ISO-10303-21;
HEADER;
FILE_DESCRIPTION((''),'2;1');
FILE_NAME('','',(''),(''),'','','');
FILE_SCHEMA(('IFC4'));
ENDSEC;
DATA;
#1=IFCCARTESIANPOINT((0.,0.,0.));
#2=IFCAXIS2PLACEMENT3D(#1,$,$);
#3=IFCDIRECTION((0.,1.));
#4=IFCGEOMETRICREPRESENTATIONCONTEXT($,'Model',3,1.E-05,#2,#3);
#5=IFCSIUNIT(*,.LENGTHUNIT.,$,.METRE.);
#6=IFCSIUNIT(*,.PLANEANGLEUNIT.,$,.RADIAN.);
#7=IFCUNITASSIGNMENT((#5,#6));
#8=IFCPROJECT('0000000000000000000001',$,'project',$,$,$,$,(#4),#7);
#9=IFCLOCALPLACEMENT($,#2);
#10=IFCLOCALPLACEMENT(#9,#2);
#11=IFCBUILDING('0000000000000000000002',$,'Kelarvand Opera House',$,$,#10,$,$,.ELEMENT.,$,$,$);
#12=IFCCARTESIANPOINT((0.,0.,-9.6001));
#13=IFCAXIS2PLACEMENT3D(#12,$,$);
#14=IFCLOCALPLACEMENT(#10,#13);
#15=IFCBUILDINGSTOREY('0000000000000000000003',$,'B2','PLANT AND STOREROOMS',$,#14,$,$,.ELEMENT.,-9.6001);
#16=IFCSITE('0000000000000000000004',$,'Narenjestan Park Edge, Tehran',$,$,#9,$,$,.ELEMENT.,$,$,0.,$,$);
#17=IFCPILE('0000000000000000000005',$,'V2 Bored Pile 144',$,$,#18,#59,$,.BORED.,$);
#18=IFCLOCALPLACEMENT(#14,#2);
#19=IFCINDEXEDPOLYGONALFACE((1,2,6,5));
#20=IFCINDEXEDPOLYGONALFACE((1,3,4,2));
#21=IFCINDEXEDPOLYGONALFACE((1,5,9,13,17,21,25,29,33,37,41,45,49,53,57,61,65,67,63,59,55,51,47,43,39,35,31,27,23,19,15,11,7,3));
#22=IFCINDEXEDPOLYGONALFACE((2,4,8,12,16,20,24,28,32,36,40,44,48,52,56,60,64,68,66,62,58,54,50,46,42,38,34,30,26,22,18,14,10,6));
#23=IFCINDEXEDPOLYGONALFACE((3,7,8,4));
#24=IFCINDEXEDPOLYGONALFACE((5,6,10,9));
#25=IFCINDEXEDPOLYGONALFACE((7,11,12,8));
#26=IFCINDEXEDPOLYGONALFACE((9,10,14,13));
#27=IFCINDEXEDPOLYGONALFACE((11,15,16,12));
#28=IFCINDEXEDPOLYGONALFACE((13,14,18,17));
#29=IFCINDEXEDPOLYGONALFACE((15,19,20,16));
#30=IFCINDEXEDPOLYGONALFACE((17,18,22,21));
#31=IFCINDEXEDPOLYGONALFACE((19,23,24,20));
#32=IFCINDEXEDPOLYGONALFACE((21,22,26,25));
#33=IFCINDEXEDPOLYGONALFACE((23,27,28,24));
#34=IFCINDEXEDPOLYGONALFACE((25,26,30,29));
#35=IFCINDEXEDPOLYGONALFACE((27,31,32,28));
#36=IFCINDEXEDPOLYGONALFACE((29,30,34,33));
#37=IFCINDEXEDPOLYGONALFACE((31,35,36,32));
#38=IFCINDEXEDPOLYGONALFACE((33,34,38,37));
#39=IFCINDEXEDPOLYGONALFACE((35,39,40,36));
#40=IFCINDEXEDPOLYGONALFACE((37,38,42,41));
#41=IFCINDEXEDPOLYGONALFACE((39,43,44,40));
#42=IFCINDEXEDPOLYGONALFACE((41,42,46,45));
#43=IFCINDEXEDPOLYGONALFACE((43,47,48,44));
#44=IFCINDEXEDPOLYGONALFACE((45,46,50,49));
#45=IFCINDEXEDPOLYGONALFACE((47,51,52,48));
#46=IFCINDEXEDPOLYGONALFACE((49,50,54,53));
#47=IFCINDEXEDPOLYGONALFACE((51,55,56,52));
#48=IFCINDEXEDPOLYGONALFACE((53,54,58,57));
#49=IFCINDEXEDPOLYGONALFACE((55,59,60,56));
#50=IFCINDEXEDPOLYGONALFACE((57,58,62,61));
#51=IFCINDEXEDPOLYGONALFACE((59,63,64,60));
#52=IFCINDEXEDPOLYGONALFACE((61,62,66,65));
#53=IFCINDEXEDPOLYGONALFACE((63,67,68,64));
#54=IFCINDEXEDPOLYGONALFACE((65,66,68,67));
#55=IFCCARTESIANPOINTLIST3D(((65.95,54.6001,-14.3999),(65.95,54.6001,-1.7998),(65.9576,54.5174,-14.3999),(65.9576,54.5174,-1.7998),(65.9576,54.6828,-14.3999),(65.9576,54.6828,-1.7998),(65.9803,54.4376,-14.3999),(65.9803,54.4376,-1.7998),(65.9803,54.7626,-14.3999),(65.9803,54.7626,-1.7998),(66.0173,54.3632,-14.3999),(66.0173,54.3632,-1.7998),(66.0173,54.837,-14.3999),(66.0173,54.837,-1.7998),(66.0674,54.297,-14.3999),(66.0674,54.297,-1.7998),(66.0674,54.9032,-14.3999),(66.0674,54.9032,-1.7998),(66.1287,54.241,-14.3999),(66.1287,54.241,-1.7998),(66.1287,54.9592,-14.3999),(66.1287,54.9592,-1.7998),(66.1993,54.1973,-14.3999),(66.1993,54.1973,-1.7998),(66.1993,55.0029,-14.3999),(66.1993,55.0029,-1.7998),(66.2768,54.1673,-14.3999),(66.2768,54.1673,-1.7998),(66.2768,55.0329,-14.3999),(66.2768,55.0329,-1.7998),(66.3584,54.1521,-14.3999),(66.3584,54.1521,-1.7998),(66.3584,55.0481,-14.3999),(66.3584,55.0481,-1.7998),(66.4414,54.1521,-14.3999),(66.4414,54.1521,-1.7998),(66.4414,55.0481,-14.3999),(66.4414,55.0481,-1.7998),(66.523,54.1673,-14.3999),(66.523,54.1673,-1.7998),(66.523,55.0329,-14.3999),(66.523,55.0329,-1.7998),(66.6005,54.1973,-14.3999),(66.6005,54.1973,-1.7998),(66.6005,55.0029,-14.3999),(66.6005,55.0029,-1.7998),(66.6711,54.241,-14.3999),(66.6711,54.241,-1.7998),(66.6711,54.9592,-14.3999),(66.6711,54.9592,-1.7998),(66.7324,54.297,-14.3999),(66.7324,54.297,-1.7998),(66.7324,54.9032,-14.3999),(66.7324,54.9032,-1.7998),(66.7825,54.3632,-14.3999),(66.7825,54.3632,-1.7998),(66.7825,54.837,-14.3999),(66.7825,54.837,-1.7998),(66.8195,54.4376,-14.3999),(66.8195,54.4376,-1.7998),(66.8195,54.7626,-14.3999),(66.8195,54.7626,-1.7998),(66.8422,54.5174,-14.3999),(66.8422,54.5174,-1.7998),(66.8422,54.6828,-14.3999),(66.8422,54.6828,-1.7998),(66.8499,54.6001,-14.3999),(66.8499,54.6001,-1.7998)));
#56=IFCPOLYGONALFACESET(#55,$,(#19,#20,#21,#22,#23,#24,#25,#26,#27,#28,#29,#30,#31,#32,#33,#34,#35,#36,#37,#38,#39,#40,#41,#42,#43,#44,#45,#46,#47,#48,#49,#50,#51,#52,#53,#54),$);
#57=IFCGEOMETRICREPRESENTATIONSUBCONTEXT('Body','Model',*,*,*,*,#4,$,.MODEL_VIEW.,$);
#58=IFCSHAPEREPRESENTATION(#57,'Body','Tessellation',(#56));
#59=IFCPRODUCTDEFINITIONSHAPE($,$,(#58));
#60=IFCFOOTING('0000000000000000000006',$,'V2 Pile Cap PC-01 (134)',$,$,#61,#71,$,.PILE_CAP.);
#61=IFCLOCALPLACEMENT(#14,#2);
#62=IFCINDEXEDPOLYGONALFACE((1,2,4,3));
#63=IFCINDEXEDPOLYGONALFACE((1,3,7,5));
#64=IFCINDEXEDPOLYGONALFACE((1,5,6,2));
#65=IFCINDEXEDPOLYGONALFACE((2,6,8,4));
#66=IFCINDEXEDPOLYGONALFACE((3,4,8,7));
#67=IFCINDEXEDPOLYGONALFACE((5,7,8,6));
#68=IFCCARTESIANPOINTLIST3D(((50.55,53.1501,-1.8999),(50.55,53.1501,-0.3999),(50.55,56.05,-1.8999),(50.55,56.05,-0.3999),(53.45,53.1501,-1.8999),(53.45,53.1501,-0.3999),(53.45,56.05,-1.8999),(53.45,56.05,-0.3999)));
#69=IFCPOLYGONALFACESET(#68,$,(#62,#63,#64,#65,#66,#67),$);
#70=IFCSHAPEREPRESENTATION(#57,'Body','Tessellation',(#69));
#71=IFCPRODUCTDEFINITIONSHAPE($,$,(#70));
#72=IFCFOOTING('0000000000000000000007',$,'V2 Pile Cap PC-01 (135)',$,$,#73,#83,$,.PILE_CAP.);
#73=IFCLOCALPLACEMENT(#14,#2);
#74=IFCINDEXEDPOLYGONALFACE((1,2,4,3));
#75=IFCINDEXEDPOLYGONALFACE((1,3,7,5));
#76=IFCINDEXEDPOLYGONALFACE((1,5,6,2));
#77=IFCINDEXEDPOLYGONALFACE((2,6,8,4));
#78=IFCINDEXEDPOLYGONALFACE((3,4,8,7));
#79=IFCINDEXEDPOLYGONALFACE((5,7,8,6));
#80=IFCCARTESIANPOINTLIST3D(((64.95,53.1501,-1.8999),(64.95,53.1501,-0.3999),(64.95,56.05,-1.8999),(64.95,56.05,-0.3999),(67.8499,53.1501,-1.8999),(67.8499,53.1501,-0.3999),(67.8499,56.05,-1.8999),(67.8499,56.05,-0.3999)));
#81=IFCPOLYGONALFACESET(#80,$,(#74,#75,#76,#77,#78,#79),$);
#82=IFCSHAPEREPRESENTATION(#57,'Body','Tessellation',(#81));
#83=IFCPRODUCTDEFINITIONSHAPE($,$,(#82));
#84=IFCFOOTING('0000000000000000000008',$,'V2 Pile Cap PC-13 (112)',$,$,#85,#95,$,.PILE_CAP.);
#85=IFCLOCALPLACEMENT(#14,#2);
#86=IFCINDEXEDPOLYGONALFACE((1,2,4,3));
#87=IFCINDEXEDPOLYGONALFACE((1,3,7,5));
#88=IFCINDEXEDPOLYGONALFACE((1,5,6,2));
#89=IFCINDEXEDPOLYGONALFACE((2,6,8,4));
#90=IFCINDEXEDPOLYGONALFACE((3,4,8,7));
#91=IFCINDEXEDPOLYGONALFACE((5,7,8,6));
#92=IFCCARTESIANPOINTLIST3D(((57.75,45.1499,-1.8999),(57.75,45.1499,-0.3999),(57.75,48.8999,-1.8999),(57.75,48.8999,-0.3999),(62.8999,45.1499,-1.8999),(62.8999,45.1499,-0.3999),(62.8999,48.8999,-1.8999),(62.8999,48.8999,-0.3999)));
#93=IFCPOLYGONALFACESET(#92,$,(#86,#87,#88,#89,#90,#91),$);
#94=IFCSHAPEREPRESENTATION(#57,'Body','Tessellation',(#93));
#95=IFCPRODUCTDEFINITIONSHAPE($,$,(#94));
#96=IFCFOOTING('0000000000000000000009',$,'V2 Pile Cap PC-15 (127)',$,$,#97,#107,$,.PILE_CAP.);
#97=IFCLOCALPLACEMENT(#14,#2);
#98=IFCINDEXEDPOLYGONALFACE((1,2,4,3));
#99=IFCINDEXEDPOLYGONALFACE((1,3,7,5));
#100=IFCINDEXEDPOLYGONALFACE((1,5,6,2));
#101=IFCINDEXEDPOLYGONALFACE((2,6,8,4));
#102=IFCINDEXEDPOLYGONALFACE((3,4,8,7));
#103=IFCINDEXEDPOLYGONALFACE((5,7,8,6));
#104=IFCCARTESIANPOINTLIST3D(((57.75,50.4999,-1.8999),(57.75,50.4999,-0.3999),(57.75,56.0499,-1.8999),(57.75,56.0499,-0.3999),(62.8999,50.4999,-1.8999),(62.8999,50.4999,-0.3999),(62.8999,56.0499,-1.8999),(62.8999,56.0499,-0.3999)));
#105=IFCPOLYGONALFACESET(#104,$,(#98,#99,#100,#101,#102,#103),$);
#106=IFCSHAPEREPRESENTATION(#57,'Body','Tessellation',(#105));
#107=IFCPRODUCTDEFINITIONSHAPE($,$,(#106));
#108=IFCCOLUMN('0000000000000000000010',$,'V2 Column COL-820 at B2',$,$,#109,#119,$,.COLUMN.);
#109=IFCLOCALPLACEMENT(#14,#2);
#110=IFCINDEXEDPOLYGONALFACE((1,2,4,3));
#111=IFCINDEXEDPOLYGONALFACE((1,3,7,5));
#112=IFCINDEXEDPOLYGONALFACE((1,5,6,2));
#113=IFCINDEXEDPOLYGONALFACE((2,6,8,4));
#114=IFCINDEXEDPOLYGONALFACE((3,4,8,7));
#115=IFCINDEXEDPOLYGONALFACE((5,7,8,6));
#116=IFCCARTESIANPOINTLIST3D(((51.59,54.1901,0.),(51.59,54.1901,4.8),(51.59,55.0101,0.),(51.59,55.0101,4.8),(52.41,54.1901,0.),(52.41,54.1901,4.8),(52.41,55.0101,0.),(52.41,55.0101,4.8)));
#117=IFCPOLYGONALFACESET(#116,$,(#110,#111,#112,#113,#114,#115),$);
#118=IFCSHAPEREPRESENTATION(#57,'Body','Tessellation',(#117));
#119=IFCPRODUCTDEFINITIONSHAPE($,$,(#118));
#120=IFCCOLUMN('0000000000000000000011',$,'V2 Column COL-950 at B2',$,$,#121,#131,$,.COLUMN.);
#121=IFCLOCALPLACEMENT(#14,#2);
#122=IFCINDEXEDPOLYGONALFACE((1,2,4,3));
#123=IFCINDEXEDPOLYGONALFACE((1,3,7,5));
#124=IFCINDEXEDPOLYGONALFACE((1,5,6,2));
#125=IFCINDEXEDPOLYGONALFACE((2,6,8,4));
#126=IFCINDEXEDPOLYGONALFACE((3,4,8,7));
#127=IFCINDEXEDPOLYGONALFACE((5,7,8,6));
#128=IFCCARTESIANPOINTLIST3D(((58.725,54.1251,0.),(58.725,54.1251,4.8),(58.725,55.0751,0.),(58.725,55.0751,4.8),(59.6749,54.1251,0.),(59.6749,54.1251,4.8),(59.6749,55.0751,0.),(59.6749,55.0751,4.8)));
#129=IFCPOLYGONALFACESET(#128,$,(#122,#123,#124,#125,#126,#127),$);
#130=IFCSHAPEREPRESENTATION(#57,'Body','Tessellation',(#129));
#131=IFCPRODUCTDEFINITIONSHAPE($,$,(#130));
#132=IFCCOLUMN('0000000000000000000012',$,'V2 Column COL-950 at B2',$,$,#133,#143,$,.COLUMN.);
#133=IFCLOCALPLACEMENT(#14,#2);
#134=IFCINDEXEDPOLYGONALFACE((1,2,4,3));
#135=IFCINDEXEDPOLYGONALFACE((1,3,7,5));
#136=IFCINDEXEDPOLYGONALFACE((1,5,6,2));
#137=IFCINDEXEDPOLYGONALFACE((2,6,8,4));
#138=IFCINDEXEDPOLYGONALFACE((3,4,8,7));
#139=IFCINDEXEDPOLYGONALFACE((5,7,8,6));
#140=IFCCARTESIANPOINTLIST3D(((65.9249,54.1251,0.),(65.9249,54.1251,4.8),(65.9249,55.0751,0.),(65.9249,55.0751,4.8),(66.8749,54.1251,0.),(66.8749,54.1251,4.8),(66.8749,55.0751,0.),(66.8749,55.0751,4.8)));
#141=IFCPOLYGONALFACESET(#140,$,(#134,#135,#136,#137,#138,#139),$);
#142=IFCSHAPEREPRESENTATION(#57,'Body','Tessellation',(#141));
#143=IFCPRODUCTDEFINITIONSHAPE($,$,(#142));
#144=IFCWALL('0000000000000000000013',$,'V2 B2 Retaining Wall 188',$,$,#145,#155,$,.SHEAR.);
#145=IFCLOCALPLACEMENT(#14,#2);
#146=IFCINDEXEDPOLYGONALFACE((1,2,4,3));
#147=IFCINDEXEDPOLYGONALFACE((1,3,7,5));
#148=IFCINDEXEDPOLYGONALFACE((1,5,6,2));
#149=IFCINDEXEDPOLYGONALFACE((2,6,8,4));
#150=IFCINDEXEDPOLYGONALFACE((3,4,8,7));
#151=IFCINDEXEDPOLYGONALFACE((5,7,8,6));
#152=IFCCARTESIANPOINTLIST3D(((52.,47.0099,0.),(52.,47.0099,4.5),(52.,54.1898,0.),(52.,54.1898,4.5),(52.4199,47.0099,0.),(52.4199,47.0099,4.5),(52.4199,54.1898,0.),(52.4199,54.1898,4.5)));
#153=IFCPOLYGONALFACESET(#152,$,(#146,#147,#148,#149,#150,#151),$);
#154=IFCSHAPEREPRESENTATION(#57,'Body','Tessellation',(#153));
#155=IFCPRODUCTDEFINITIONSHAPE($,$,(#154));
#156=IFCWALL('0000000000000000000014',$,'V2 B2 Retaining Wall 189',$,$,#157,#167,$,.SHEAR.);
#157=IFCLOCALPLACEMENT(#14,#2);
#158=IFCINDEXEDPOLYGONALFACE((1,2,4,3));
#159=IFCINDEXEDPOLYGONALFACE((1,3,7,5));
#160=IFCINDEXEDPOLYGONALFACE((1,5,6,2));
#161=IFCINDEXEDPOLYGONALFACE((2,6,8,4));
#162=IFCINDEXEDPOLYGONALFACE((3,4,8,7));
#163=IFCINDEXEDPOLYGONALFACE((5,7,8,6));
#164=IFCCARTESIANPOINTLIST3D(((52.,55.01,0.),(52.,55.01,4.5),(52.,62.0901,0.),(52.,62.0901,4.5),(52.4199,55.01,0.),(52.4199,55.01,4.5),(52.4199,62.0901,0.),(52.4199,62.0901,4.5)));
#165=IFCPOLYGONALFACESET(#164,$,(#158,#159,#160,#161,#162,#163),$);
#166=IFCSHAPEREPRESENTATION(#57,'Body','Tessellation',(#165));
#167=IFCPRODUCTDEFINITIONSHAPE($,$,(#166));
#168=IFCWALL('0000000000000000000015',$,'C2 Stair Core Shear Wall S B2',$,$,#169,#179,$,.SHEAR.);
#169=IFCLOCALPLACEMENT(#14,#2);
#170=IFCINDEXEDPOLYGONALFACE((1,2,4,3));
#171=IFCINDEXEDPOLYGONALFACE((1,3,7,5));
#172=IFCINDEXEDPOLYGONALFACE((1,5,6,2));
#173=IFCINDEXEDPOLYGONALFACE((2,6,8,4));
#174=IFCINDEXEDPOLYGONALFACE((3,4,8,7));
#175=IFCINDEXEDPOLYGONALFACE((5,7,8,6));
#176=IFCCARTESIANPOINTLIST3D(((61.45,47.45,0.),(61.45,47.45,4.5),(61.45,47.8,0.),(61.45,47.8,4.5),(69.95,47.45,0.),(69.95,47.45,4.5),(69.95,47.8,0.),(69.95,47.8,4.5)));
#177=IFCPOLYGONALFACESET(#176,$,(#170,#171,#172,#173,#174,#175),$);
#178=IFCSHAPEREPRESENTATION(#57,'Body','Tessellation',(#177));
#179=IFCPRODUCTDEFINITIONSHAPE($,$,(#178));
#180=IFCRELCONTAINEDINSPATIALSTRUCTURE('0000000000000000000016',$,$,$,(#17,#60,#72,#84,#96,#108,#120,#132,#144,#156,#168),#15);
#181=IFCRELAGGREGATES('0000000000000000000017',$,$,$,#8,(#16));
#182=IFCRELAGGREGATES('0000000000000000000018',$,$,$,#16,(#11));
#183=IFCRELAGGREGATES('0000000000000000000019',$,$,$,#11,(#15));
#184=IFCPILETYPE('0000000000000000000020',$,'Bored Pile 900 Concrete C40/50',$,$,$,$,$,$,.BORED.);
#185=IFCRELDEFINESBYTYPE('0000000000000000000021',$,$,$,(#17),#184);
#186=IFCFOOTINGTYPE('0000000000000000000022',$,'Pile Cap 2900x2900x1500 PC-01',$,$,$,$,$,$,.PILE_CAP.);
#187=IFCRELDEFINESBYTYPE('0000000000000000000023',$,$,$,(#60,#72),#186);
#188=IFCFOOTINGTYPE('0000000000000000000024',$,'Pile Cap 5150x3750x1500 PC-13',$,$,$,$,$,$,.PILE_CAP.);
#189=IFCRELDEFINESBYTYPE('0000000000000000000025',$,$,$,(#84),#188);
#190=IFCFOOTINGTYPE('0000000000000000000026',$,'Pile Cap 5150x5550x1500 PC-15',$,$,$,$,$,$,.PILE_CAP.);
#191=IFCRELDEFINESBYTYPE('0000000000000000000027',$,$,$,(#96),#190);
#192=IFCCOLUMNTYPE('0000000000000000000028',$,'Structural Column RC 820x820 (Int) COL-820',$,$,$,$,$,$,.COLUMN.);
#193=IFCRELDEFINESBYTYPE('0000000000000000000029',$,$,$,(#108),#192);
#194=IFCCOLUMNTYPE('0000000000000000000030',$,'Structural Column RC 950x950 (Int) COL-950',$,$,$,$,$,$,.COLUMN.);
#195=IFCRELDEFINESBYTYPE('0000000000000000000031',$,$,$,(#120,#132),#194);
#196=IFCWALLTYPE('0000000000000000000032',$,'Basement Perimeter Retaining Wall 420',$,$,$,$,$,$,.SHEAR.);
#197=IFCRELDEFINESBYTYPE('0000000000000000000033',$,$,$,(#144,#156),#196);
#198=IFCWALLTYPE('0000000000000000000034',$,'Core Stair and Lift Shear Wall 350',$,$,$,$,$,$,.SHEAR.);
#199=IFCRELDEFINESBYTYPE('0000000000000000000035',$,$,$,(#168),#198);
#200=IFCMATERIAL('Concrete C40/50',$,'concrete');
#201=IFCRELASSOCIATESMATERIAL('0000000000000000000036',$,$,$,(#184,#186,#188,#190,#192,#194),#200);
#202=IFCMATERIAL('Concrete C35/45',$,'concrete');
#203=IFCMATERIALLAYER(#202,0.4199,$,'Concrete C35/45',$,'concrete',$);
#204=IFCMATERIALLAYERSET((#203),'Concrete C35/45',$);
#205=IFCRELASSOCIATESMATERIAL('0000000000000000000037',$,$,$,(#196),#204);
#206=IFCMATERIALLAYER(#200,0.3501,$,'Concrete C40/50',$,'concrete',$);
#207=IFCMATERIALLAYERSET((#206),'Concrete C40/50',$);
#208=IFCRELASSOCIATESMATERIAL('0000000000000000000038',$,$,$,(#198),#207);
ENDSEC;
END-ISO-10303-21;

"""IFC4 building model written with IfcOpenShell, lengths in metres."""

from ifc_helpers import new_model, si_unit, direction, frame, frame_2d, origin, origin_2d, place, context, subcontext, project, spatial, rectangle, circle, extrude, material, layer, layer_set, material_profile, profile_set, type_object, element, save


model = new_model("IFC4")

# Units and contexts
model_context = context("Model", 3, precision=1e-05, world=origin(), true_north=direction((0.0, 1.0)))
body_context = subcontext(model_context, "Body", "Model", "MODEL_VIEW")
ifc_project = project(units=[si_unit("LENGTHUNIT", "METRE"), si_unit("PLANEANGLEUNIT", "RADIAN")], contexts=[model_context])

# Site, building, storey
site_placement = place(None, origin())
site = spatial("IfcSite", under=ifc_project, at=site_placement, Name="Narenjestan Park Edge, Tehran", CompositionType="ELEMENT", RefElevation=0.0)
building_placement = place(site_placement, origin())
building = spatial("IfcBuilding", under=site, at=building_placement, Name="Kelarvand Opera House", CompositionType="ELEMENT")
storey_placement = place(building_placement, frame((0.0, 0.0, -9.6001)))
storey = spatial("IfcBuildingStorey", under=building, at=storey_placement, Name="B2", Description="PLANT AND STOREROOMS", CompositionType="ELEMENT", Elevation=-9.6001)

# Pile
ifc_material_1 = material(Name="Concrete C40/50", Category="concrete")
ifc_material_profile_1 = material_profile(ifc_material_1, circle(Radius=0.45, at=origin_2d()), Name="BP 900", Category="concrete")
ifc_profile_set_1 = profile_set([ifc_material_profile_1], Name="Concrete C40/50")
pile_type_1 = type_object("IfcPileType", Name="Bored Pile 900 Concrete C40/50", PredefinedType="BORED", material=ifc_profile_set_1)
for number, where, z_axis, x_axis, name in (
    (1, (66.3999, 54.6001, -1.7998), (0.0, 0.0, -1.0), (1.0, 0.0, 0.0), "V2 Bored Pile 144"),
):
    element("IfcPile", number, at=place(storey_placement, frame(where, z_axis=z_axis, x_axis=x_axis)), inside=storey, type_object=pile_type_1, Name=name, PredefinedType="BORED", context=body_context, shape_type="SweptSolid", body=[
        extrude(circle(Radius=0.45, at=origin_2d()), origin(), (0.0, 0.0, 1.0), 12.6001),
    ])

# Footings
footing_type_1 = type_object("IfcFootingType", Name="Pile Cap 2900x2900x1500 PC-01", PredefinedType="PILE_CAP", material=ifc_material_1)
for number, where, z_axis, x_axis, name in (
    (2, (52.0, 54.6001, -1.8999), (0.0, 0.0, 1.0), (1.0, 0.0, 0.0), "V2 Pile Cap PC-01 (134)"),
    (3, (66.3999, 54.6001, -1.8999), (0.0, 0.0, 1.0), (1.0, 0.0, 0.0), "V2 Pile Cap PC-01 (135)"),
):
    element("IfcFooting", number, at=place(storey_placement, frame(where, z_axis=z_axis, x_axis=x_axis)), inside=storey, type_object=footing_type_1, Name=name, PredefinedType="PILE_CAP", context=body_context, shape_type="SweptSolid", body=[
        extrude(rectangle(XDim=2.8999, YDim=2.8999, at=origin_2d()), origin(), (0.0, 0.0, 1.0), 1.5),
    ])
footing_type_2 = type_object("IfcFootingType", Name="Pile Cap 5150x3750x1500 PC-13", PredefinedType="PILE_CAP", material=ifc_material_1)
footing_1_placement = place(storey_placement, frame((60.325, 47.0249, -1.8999), z_axis=(0.0, 0.0, 1.0), x_axis=(1.0, 0.0, 0.0)))
element("IfcFooting", 4, at=footing_1_placement, inside=storey, type_object=footing_type_2, Name="V2 Pile Cap PC-13 (112)", PredefinedType="PILE_CAP", context=body_context, shape_type="SweptSolid", body=[
    extrude(rectangle(XDim=5.1499, YDim=3.75, at=origin_2d()), origin(), (0.0, 0.0, 1.0), 1.5),
])
footing_type_3 = type_object("IfcFootingType", Name="Pile Cap 5150x5550x1500 PC-15", PredefinedType="PILE_CAP", material=ifc_material_1)
footing_2_placement = place(storey_placement, frame((60.325, 53.2749, -1.8999), z_axis=(0.0, 0.0, 1.0), x_axis=(1.0, 0.0, 0.0)))
element("IfcFooting", 5, at=footing_2_placement, inside=storey, type_object=footing_type_3, Name="V2 Pile Cap PC-15 (127)", PredefinedType="PILE_CAP", context=body_context, shape_type="SweptSolid", body=[
    extrude(rectangle(XDim=5.1499, YDim=5.55, at=origin_2d()), origin(), (0.0, 0.0, 1.0), 1.5),
])

# Columns
ifc_material_profile_2 = material_profile(ifc_material_1, rectangle(XDim=0.8201, YDim=0.8201, at=origin_2d()), Name="RC 820x820", Category="concrete")
ifc_profile_set_2 = profile_set([ifc_material_profile_2], Name="Concrete C40/50")
column_type_1 = type_object("IfcColumnType", Name="Structural Column RC 820x820 (Int) COL-820", PredefinedType="COLUMN", material=ifc_profile_set_2)
column_placement = place(storey_placement, frame((52.0, 54.6001, 0.0), z_axis=(0.0, 0.0, 1.0), x_axis=(1.0, 0.0, 0.0)))
element("IfcColumn", 6, at=column_placement, inside=storey, type_object=column_type_1, Name="V2 Column COL-820 at B2", PredefinedType="COLUMN", context=body_context, shape_type="SweptSolid", body=[
    extrude(rectangle(XDim=0.8201, YDim=0.8201, at=origin_2d()), origin(), (0.0, 0.0, 1.0), 4.8),
])
ifc_material_profile_3 = material_profile(ifc_material_1, rectangle(XDim=0.95, YDim=0.95, at=origin_2d()), Name="RC 950x950", Category="concrete")
ifc_profile_set_3 = profile_set([ifc_material_profile_3], Name="Concrete C40/50")
column_type_2 = type_object("IfcColumnType", Name="Structural Column RC 950x950 (Int) COL-950", PredefinedType="COLUMN", material=ifc_profile_set_3)
for number, where, z_axis, x_axis, name in (
    (7, (59.2, 54.6001, 0.0), (0.0, 0.0, 1.0), (1.0, 0.0, 0.0), "V2 Column COL-950 at B2"),
    (8, (66.3999, 54.6001, 0.0), (0.0, 0.0, 1.0), (1.0, 0.0, 0.0), "V2 Column COL-950 at B2"),
):
    element("IfcColumn", number, at=place(storey_placement, frame(where, z_axis=z_axis, x_axis=x_axis)), inside=storey, type_object=column_type_2, Name=name, PredefinedType="COLUMN", context=body_context, shape_type="SweptSolid", body=[
        extrude(rectangle(XDim=0.95, YDim=0.95, at=origin_2d()), origin(), (0.0, 0.0, 1.0), 4.8),
    ])

# Walls
ifc_material_2 = material(Name="Concrete C35/45", Category="concrete")
ifc_layer_1 = layer(ifc_material_2, 0.4199, Name="Concrete C35/45", Category="concrete")
ifc_layer_set_1 = layer_set([ifc_layer_1], Name="Concrete C35/45")
wall_type_1 = type_object("IfcWallType", Name="Basement Perimeter Retaining Wall 420", PredefinedType="SHEAR", material=ifc_layer_set_1)
wall_1_placement = place(storey_placement, frame((52.21, 47.01, 0.0), z_axis=(0.0, 0.0, 1.0), x_axis=(0.0, 1.0, 0.0)))
element("IfcWall", 9, at=wall_1_placement, inside=storey, type_object=wall_type_1, Name="V2 B2 Retaining Wall 188", PredefinedType="SHEAR", context=body_context, shape_type="SweptSolid", body=[
    extrude(rectangle(XDim=7.1799, YDim=0.4199, at=frame_2d((3.5898, 0.0))), origin(), (0.0, 0.0, 1.0), 4.5),
])
wall_2_placement = place(storey_placement, frame((52.21, 55.01, 0.0), z_axis=(0.0, 0.0, 1.0), x_axis=(0.0, 1.0, 0.0)))
element("IfcWall", 10, at=wall_2_placement, inside=storey, type_object=wall_type_1, Name="V2 B2 Retaining Wall 189", PredefinedType="SHEAR", context=body_context, shape_type="SweptSolid", body=[
    extrude(rectangle(XDim=7.0801, YDim=0.4199, at=frame_2d((3.54, 0.0))), origin(), (0.0, 0.0, 1.0), 4.5),
])
ifc_layer_2 = layer(ifc_material_1, 0.3501, Name="Concrete C40/50", Category="concrete")
ifc_layer_set_2 = layer_set([ifc_layer_2], Name="Concrete C40/50")
wall_type_2 = type_object("IfcWallType", Name="Core Stair and Lift Shear Wall 350", PredefinedType="SHEAR", material=ifc_layer_set_2)
wall_3_placement = place(storey_placement, frame((61.45, 47.625, 0.0), z_axis=(0.0, 0.0, 1.0), x_axis=(1.0, 0.0, 0.0)))
element("IfcWall", 11, at=wall_3_placement, inside=storey, type_object=wall_type_2, Name="C2 Stair Core Shear Wall S B2", PredefinedType="SHEAR", context=body_context, shape_type="SweptSolid", body=[
    extrude(rectangle(XDim=8.5, YDim=0.3501, at=frame_2d((4.25, 0.0))), origin(), (0.0, 0.0, 1.0), 4.5),
])

save(model, "model.ifc")
